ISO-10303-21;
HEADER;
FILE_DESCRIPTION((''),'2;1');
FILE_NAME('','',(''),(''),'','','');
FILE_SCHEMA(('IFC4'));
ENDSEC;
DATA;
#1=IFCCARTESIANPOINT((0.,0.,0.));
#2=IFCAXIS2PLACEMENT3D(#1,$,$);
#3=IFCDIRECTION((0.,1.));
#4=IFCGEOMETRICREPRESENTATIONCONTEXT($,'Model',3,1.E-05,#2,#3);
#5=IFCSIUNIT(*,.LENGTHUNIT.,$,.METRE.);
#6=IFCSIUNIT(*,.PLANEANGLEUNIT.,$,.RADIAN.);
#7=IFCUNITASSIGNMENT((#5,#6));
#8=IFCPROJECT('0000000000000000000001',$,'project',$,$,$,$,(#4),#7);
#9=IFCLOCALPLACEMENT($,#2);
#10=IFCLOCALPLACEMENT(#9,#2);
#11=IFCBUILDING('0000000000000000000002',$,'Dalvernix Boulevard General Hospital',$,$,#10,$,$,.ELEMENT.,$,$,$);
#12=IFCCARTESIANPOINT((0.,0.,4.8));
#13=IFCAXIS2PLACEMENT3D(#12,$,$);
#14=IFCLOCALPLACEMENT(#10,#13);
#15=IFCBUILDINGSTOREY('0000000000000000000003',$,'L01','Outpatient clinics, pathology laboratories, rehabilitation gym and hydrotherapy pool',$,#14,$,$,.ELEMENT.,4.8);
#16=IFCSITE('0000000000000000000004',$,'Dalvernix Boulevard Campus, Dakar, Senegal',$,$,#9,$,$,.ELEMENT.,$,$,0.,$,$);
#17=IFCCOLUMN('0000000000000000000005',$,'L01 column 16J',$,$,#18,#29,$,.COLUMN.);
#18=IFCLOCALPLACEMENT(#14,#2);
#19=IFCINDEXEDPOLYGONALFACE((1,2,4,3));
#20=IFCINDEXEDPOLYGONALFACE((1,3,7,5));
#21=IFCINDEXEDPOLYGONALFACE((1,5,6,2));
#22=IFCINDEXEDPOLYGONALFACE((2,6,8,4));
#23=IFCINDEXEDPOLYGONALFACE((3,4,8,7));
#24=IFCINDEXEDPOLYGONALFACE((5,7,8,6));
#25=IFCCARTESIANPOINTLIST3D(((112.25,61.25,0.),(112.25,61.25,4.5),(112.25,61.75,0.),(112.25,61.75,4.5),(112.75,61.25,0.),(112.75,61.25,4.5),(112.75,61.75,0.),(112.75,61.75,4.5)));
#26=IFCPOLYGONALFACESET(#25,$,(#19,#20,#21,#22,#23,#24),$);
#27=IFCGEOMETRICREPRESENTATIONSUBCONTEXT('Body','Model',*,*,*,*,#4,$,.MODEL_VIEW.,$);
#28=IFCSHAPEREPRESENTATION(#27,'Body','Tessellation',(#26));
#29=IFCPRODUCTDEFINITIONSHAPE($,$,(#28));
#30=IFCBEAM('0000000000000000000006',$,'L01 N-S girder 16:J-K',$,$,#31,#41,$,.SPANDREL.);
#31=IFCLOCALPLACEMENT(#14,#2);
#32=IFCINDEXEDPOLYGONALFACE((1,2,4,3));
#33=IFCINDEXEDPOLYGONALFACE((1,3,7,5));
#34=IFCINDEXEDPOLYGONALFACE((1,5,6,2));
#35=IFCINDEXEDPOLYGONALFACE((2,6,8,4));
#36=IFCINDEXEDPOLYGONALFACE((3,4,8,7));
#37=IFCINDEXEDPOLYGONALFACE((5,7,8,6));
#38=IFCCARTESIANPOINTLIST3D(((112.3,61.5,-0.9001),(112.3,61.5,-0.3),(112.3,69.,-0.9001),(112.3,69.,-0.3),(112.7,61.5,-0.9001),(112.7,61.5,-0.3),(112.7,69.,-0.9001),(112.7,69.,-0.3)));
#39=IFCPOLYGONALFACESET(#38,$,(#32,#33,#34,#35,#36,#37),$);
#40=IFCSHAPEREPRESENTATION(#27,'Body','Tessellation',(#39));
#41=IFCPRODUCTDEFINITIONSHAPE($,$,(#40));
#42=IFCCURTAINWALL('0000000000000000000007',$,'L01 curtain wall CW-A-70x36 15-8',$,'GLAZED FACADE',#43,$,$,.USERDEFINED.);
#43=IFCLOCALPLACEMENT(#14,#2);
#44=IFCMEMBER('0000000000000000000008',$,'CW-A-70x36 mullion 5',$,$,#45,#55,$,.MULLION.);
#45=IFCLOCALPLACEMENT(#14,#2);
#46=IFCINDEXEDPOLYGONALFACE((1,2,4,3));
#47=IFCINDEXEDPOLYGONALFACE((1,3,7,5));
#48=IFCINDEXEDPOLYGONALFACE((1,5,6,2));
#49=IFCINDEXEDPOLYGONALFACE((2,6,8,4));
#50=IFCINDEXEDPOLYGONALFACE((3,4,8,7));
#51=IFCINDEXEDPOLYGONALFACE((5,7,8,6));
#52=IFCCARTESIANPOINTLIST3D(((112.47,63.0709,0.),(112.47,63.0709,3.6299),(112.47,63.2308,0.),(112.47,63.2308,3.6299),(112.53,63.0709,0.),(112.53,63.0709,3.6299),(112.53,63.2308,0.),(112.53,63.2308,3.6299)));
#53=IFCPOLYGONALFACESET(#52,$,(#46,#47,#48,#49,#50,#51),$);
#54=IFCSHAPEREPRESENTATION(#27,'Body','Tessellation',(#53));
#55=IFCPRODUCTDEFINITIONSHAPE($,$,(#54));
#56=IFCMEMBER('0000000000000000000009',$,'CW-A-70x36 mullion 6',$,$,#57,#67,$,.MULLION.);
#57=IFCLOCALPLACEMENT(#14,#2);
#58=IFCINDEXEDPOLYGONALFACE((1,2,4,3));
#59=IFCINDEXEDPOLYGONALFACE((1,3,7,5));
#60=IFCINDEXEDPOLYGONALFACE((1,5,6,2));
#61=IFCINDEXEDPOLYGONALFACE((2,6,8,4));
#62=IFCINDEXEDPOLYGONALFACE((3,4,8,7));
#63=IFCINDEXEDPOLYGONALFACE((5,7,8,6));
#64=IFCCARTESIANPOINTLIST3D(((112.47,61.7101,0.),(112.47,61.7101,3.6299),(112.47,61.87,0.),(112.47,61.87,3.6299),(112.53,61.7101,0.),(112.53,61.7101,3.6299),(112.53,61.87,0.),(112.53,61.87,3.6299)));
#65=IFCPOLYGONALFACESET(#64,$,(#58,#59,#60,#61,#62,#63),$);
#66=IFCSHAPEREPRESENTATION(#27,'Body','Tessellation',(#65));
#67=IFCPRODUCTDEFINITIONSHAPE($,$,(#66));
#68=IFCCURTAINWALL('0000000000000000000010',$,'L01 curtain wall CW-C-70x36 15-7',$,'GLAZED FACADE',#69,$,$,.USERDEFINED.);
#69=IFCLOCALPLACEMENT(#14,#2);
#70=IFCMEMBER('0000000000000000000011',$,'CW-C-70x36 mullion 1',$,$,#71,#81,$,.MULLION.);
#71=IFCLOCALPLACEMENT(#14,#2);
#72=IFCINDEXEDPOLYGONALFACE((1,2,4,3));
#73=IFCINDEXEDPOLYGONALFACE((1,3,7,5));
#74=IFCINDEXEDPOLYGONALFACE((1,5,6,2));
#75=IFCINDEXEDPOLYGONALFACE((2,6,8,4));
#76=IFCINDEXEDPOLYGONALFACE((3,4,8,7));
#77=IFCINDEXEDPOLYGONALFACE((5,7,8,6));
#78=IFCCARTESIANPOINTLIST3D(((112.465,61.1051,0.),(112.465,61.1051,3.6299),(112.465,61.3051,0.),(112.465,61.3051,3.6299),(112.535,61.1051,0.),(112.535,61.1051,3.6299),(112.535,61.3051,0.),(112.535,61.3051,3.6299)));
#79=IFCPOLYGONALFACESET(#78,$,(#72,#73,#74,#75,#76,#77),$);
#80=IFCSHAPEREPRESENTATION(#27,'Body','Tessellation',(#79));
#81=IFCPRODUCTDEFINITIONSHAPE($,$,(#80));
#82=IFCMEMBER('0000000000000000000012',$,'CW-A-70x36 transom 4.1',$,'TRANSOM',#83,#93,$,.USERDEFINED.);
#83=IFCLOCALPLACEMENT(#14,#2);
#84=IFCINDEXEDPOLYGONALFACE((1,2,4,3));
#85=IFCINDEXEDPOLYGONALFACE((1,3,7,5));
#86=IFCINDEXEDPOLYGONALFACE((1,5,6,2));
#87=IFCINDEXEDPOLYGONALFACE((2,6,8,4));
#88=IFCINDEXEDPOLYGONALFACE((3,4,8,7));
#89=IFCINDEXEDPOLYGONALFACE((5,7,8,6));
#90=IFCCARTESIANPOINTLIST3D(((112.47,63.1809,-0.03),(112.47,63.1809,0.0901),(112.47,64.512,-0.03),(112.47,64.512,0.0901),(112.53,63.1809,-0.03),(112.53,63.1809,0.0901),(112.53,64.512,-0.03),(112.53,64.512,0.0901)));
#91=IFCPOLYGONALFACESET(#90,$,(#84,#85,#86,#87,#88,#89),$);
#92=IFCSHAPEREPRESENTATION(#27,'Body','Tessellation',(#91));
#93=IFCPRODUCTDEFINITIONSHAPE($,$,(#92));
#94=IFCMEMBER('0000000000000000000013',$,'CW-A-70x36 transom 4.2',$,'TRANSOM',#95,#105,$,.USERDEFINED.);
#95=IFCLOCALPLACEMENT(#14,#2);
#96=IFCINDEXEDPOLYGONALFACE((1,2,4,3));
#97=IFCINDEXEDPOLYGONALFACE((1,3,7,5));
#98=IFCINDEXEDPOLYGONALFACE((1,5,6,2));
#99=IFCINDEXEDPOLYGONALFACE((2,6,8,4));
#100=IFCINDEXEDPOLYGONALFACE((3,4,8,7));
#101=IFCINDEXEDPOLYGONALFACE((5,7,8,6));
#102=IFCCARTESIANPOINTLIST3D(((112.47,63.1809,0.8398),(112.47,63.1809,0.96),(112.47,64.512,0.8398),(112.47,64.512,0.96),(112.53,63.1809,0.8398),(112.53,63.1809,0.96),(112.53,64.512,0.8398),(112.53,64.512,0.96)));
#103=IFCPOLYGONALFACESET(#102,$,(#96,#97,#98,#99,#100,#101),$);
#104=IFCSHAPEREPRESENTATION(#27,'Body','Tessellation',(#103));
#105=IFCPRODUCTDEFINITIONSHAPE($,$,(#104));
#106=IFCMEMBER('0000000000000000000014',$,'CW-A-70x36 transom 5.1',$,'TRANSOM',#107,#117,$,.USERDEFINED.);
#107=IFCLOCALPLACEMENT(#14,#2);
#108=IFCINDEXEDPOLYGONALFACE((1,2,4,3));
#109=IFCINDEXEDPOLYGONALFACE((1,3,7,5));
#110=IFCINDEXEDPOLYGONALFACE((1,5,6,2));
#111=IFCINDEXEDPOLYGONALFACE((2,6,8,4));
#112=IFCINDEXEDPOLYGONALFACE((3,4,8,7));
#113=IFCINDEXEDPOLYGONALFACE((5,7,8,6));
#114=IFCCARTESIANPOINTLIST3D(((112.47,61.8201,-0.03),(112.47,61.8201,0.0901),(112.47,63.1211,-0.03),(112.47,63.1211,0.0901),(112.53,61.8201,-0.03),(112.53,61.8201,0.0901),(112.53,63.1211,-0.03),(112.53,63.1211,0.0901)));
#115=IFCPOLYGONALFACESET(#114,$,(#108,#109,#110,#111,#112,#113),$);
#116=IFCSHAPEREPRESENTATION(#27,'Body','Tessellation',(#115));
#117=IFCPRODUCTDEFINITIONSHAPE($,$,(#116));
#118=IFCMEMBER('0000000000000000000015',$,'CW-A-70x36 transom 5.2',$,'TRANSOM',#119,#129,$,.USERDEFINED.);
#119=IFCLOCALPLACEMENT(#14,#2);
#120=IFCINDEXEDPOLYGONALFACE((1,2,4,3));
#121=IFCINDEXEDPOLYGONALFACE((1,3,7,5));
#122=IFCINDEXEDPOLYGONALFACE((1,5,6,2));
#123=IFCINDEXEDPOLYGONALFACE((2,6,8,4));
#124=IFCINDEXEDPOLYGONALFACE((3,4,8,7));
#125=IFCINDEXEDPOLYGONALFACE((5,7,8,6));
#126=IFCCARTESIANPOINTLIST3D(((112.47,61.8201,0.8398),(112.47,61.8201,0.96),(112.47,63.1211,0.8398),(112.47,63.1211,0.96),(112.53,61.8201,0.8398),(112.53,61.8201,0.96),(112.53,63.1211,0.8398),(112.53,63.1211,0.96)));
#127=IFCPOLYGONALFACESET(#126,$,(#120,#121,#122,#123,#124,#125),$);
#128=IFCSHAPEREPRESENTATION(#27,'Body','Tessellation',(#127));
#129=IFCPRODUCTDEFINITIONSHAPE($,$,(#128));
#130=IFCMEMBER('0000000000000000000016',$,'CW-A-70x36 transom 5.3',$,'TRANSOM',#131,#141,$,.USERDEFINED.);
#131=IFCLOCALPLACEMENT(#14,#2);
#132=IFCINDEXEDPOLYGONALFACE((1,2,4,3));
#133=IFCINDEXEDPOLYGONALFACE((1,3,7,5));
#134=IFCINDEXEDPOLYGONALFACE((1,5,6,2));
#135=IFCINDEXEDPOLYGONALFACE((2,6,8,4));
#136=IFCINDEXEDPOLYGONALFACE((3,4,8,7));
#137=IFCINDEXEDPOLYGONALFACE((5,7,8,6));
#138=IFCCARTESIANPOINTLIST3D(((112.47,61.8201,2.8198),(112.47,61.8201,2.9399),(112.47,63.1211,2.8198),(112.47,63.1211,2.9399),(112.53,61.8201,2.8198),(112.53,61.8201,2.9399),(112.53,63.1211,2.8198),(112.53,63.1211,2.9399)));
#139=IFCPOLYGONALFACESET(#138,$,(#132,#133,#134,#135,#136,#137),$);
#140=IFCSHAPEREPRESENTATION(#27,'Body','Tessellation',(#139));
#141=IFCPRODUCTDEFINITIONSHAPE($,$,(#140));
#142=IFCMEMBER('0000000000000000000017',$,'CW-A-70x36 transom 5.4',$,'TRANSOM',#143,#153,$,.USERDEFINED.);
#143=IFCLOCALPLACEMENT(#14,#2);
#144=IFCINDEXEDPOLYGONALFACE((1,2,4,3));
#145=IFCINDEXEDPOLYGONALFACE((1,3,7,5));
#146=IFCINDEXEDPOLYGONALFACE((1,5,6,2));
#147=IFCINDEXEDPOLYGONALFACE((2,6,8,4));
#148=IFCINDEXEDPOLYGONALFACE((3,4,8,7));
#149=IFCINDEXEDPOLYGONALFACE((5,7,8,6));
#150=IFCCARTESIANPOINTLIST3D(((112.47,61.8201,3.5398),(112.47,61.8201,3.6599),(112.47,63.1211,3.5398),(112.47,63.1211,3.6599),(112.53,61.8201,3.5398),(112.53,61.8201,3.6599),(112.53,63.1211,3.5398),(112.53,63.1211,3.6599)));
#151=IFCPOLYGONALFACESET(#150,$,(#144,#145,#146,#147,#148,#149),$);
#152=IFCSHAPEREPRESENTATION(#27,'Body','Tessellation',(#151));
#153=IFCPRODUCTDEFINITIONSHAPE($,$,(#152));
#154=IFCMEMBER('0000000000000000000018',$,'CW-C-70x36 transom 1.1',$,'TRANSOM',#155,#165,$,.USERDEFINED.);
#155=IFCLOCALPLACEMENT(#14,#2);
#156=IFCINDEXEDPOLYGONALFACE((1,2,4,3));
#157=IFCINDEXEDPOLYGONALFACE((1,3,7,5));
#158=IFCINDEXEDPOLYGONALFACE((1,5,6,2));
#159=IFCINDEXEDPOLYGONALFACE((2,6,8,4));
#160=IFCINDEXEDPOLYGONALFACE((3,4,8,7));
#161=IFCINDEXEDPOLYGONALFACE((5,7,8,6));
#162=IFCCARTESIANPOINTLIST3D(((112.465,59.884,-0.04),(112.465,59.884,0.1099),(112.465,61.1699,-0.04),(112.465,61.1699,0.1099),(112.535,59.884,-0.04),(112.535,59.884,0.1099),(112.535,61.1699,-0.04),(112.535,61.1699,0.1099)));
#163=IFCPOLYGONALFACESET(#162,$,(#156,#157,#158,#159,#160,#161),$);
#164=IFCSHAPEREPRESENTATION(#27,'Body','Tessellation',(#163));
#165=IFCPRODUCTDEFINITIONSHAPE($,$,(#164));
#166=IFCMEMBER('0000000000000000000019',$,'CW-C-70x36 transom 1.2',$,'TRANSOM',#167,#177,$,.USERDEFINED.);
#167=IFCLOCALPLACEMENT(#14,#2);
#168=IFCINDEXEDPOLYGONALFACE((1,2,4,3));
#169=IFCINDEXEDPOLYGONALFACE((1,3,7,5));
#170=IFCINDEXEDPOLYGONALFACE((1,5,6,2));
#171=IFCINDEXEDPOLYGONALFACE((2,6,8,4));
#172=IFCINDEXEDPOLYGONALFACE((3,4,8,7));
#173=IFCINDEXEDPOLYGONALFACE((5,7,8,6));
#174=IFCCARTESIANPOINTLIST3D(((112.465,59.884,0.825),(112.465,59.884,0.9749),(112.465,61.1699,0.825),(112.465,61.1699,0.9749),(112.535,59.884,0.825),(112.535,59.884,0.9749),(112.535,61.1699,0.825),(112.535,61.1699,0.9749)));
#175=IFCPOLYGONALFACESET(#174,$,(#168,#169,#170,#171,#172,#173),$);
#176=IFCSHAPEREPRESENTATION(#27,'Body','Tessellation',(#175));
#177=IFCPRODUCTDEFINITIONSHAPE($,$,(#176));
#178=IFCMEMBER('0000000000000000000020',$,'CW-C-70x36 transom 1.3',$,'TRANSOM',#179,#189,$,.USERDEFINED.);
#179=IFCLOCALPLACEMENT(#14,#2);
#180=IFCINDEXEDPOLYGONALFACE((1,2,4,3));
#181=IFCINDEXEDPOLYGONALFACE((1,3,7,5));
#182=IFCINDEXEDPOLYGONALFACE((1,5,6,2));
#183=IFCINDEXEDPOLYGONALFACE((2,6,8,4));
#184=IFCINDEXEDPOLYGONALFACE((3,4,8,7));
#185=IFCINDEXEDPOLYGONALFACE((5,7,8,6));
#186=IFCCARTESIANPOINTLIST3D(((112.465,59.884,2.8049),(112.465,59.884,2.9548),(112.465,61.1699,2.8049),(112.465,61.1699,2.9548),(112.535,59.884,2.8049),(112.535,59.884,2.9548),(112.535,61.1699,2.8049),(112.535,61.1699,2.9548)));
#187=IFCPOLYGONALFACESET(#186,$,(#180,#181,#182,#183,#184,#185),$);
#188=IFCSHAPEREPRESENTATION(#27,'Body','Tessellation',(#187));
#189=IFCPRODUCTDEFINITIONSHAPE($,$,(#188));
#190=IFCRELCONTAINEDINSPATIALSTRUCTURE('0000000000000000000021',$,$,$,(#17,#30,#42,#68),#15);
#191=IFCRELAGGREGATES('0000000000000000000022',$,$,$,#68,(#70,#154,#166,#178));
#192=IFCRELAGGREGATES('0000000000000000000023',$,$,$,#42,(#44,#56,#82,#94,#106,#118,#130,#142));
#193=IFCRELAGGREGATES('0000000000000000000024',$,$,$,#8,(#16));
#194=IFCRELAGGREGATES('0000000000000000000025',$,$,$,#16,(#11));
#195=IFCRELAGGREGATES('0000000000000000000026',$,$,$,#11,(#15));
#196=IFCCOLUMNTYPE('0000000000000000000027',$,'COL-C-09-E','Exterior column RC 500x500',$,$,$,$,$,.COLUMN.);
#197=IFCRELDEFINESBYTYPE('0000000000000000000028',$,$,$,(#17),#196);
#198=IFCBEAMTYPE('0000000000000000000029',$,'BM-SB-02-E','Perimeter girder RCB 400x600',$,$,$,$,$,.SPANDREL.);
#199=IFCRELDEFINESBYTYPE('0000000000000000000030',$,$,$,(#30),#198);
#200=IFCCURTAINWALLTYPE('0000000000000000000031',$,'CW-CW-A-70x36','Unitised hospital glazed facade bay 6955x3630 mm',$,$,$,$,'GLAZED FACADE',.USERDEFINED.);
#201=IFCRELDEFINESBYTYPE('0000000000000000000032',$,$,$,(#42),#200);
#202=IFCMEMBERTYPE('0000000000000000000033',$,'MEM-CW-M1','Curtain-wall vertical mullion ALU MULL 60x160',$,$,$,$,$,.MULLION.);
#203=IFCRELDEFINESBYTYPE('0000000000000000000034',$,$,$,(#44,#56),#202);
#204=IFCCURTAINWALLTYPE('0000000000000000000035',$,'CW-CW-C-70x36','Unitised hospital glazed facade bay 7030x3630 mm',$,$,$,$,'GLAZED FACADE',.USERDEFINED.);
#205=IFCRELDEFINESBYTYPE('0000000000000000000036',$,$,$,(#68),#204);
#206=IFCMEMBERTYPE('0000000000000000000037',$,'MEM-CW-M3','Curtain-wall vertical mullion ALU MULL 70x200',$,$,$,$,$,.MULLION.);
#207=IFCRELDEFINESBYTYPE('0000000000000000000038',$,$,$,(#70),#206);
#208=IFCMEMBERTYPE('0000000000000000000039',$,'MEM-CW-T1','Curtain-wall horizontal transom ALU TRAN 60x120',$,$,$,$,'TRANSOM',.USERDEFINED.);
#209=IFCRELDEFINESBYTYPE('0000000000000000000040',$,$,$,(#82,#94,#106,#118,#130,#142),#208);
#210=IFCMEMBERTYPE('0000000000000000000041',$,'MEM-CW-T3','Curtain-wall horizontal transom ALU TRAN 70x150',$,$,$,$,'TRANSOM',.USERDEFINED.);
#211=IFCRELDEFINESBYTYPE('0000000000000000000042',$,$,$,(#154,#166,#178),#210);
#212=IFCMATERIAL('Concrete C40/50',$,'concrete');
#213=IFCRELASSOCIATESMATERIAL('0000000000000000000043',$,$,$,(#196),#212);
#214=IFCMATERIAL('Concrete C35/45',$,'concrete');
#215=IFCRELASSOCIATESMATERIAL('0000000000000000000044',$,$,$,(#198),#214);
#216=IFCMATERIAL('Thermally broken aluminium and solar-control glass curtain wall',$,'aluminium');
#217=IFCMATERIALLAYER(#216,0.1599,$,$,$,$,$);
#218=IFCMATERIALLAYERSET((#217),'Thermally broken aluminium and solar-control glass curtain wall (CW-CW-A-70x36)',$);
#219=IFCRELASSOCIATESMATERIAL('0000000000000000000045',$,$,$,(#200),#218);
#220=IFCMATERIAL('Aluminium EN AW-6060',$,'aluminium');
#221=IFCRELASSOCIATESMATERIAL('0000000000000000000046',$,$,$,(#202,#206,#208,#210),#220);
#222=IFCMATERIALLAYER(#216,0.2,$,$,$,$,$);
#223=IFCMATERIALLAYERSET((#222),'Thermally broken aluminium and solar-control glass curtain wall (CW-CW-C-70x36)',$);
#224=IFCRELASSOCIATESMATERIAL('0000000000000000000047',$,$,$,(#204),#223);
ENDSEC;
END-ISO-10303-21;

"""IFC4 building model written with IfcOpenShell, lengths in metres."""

from ifc_helpers import new_model, si_unit, direction, frame, origin, origin_2d, place, context, subcontext, project, spatial, rectangle, extrude, material, layer, layer_set, material_profile, profile_set, type_object, element, aggregate, save


model = new_model("IFC4")

# Units and contexts
model_context = context("Model", 3, precision=1e-05, world=origin(), true_north=direction((0.0, 1.0)))
body_context = subcontext(model_context, "Body", "Model", "MODEL_VIEW")
ifc_project = project(units=[si_unit("LENGTHUNIT", "METRE"), si_unit("PLANEANGLEUNIT", "RADIAN")], contexts=[model_context])

# Site, building, storey
site_placement = place(None, origin())
site = spatial("IfcSite", under=ifc_project, at=site_placement, Name="Dalvernix Boulevard Campus, Dakar, Senegal", CompositionType="ELEMENT", RefElevation=0.0)
building_placement = place(site_placement, origin())
building = spatial("IfcBuilding", under=site, at=building_placement, Name="Dalvernix Boulevard General Hospital", CompositionType="ELEMENT")
storey_placement = place(building_placement, frame((0.0, 0.0, 4.8)))
storey = spatial("IfcBuildingStorey", under=building, at=storey_placement, Name="L01", Description="Outpatient clinics, pathology laboratories, rehabilitation gym and hydrotherapy pool", CompositionType="ELEMENT", Elevation=4.8)

# Column
ifc_material_1 = material(Name="Concrete C40/50", Category="concrete")
ifc_material_profile_1 = material_profile(ifc_material_1, rectangle(XDim=0.5, YDim=0.5, at=origin_2d()), Name="RC 500x500")
ifc_profile_set_1 = profile_set([ifc_material_profile_1], Name="Concrete C40/50")
column_type = type_object("IfcColumnType", Name="COL-C-09-E", Description="Exterior column RC 500x500", PredefinedType="COLUMN", material=ifc_profile_set_1)
column_placement = place(storey_placement, frame((112.5, 61.5, 0.0), z_axis=(0.0, 0.0, 1.0), x_axis=(1.0, 0.0, 0.0)))
element("IfcColumn", 1, at=column_placement, inside=storey, type_object=column_type, Name="L01 column 16J", PredefinedType="COLUMN", context=body_context, shape_type="SweptSolid", body=[
    extrude(rectangle(XDim=0.5, YDim=0.5, at=origin_2d()), origin(), (0.0, 0.0, 1.0), 4.5),
])

# Beam
ifc_material_2 = material(Name="Concrete C35/45", Category="concrete")
ifc_material_profile_2 = material_profile(ifc_material_2, rectangle(XDim=0.3999, YDim=0.6001, at=origin_2d()), Name="RCB 400x600")
ifc_profile_set_2 = profile_set([ifc_material_profile_2], Name="Concrete C35/45")
beam_type = type_object("IfcBeamType", Name="BM-SB-02-E", Description="Perimeter girder RCB 400x600", PredefinedType="SPANDREL", material=ifc_profile_set_2)
beam_placement = place(storey_placement, frame((112.5, 61.5, -0.6001), z_axis=(0.0, 1.0, 0.0), x_axis=(-1.0, 0.0, 0.0)))
element("IfcBeam", 2, at=beam_placement, inside=storey, type_object=beam_type, Name="L01 N-S girder 16:J-K", PredefinedType="SPANDREL", context=body_context, shape_type="SweptSolid", body=[
    extrude(rectangle(XDim=0.3999, YDim=0.6001, at=origin_2d()), origin(), (0.0, 0.0, 1.0), 7.5),
])

# Curtain wall, members
ifc_material_3 = material(Name="Thermally broken aluminium and solar-control glass curtain wall", Category="aluminium")
ifc_layer_1 = layer(ifc_material_3, 0.1599)
ifc_layer_set_1 = layer_set([ifc_layer_1], Name="Thermally broken aluminium and solar-control glass curtain wall (CW-CW-A-70x36)")
curtain_wall_type_1 = type_object("IfcCurtainWallType", Name="CW-CW-A-70x36", Description="Unitised hospital glazed facade bay 6955x3630 mm", ElementType="GLAZED FACADE", PredefinedType="USERDEFINED", material=ifc_layer_set_1)
curtain_wall_1_placement = place(storey_placement, origin())
curtain_wall_1 = element("IfcCurtainWall", 3, at=curtain_wall_1_placement, inside=storey, type_object=curtain_wall_type_1, Name="L01 curtain wall CW-A-70x36 15-8", ObjectType="GLAZED FACADE", PredefinedType="USERDEFINED")
ifc_material_4 = material(Name="Aluminium EN AW-6060", Category="aluminium")
ifc_material_profile_3 = material_profile(ifc_material_4, rectangle(XDim=0.0601, YDim=0.1599, at=origin_2d()), Name="ALU MULL 60x160")
ifc_profile_set_3 = profile_set([ifc_material_profile_3], Name="Aluminium EN AW-6060")
member_type_1 = type_object("IfcMemberType", Name="MEM-CW-M1", Description="Curtain-wall vertical mullion ALU MULL 60x160", PredefinedType="MULLION", material=ifc_profile_set_3)
member_1_placement = place(storey_placement, frame((112.5, 63.1509, 0.0), z_axis=(0.0, 0.0, 1.0), x_axis=(1.0, 0.0, 0.0)))
member_1 = element("IfcMember", 4, at=member_1_placement, type_object=member_type_1, Name="CW-A-70x36 mullion 5", PredefinedType="MULLION", context=body_context, shape_type="SweptSolid", body=[
    extrude(rectangle(XDim=0.0601, YDim=0.1599, at=origin_2d()), origin(), (0.0, 0.0, 1.0), 3.6299),
])
member_2_placement = place(storey_placement, frame((112.5, 61.79, 0.0), z_axis=(0.0, 0.0, 1.0), x_axis=(1.0, 0.0, 0.0)))
member_2 = element("IfcMember", 5, at=member_2_placement, type_object=member_type_1, Name="CW-A-70x36 mullion 6", PredefinedType="MULLION", context=body_context, shape_type="SweptSolid", body=[
    extrude(rectangle(XDim=0.0601, YDim=0.1599, at=origin_2d()), origin(), (0.0, 0.0, 1.0), 3.6299),
])

# Curtain wall, member
ifc_layer_2 = layer(ifc_material_3, 0.2)
ifc_layer_set_2 = layer_set([ifc_layer_2], Name="Thermally broken aluminium and solar-control glass curtain wall (CW-CW-C-70x36)")
curtain_wall_type_2 = type_object("IfcCurtainWallType", Name="CW-CW-C-70x36", Description="Unitised hospital glazed facade bay 7030x3630 mm", ElementType="GLAZED FACADE", PredefinedType="USERDEFINED", material=ifc_layer_set_2)
curtain_wall_2_placement = place(storey_placement, origin())
curtain_wall_2 = element("IfcCurtainWall", 6, at=curtain_wall_2_placement, inside=storey, type_object=curtain_wall_type_2, Name="L01 curtain wall CW-C-70x36 15-7", ObjectType="GLAZED FACADE", PredefinedType="USERDEFINED")
ifc_material_profile_4 = material_profile(ifc_material_4, rectangle(XDim=0.0701, YDim=0.2, at=origin_2d()), Name="ALU MULL 70x200")
ifc_profile_set_4 = profile_set([ifc_material_profile_4], Name="Aluminium EN AW-6060")
member_type_2 = type_object("IfcMemberType", Name="MEM-CW-M3", Description="Curtain-wall vertical mullion ALU MULL 70x200", PredefinedType="MULLION", material=ifc_profile_set_4)
member_3_placement = place(storey_placement, frame((112.5, 61.2051, 0.0), z_axis=(0.0, 0.0, 1.0), x_axis=(1.0, 0.0, 0.0)))
member_3 = element("IfcMember", 7, at=member_3_placement, type_object=member_type_2, Name="CW-C-70x36 mullion 1", PredefinedType="MULLION", context=body_context, shape_type="SweptSolid", body=[
    extrude(rectangle(XDim=0.0701, YDim=0.2, at=origin_2d()), origin(), (0.0, 0.0, 1.0), 3.6299),
])

# Members
ifc_material_profile_5 = material_profile(ifc_material_4, rectangle(XDim=0.0601, YDim=0.1201, at=origin_2d()), Name="ALU TRAN 60x120")
ifc_profile_set_5 = profile_set([ifc_material_profile_5], Name="Aluminium EN AW-6060")
member_type_3 = type_object("IfcMemberType", Name="MEM-CW-T1", Description="Curtain-wall horizontal transom ALU TRAN 60x120", ElementType="TRANSOM", PredefinedType="USERDEFINED", material=ifc_profile_set_5)
member_4_placement = place(storey_placement, frame((112.5, 64.512, 0.03), z_axis=(0.0, -1.0, 0.0), x_axis=(1.0, 0.0, 0.0)))
member_4 = element("IfcMember", 8, at=member_4_placement, type_object=member_type_3, Name="CW-A-70x36 transom 4.1", ObjectType="TRANSOM", PredefinedType="USERDEFINED", context=body_context, shape_type="SweptSolid", body=[
    extrude(rectangle(XDim=0.0601, YDim=0.1201, at=origin_2d()), origin(), (0.0, 0.0, 1.0), 1.3311),
])
member_5_placement = place(storey_placement, frame((112.5, 64.512, 0.8999), z_axis=(0.0, -1.0, 0.0), x_axis=(1.0, 0.0, 0.0)))
member_5 = element("IfcMember", 9, at=member_5_placement, type_object=member_type_3, Name="CW-A-70x36 transom 4.2", ObjectType="TRANSOM", PredefinedType="USERDEFINED", context=body_context, shape_type="SweptSolid", body=[
    extrude(rectangle(XDim=0.0601, YDim=0.1201, at=origin_2d()), origin(), (0.0, 0.0, 1.0), 1.3311),
])
member_6_placement = place(storey_placement, frame((112.5, 63.1211, 0.03), z_axis=(0.0, -1.0, 0.0), x_axis=(1.0, 0.0, 0.0)))
member_6 = element("IfcMember", 10, at=member_6_placement, type_object=member_type_3, Name="CW-A-70x36 transom 5.1", ObjectType="TRANSOM", PredefinedType="USERDEFINED", context=body_context, shape_type="SweptSolid", body=[
    extrude(rectangle(XDim=0.0601, YDim=0.1201, at=origin_2d()), origin(), (0.0, 0.0, 1.0), 1.301),
])
member_7_placement = place(storey_placement, frame((112.5, 63.1211, 0.8999), z_axis=(0.0, -1.0, 0.0), x_axis=(1.0, 0.0, 0.0)))
member_7 = element("IfcMember", 11, at=member_7_placement, type_object=member_type_3, Name="CW-A-70x36 transom 5.2", ObjectType="TRANSOM", PredefinedType="USERDEFINED", context=body_context, shape_type="SweptSolid", body=[
    extrude(rectangle(XDim=0.0601, YDim=0.1201, at=origin_2d()), origin(), (0.0, 0.0, 1.0), 1.301),
])
member_8_placement = place(storey_placement, frame((112.5, 63.1211, 2.8799), z_axis=(0.0, -1.0, 0.0), x_axis=(1.0, 0.0, 0.0)))
member_8 = element("IfcMember", 12, at=member_8_placement, type_object=member_type_3, Name="CW-A-70x36 transom 5.3", ObjectType="TRANSOM", PredefinedType="USERDEFINED", context=body_context, shape_type="SweptSolid", body=[
    extrude(rectangle(XDim=0.0601, YDim=0.1201, at=origin_2d()), origin(), (0.0, 0.0, 1.0), 1.301),
])
member_9_placement = place(storey_placement, frame((112.5, 63.1211, 3.5999), z_axis=(0.0, -1.0, 0.0), x_axis=(1.0, 0.0, 0.0)))
member_9 = element("IfcMember", 13, at=member_9_placement, type_object=member_type_3, Name="CW-A-70x36 transom 5.4", ObjectType="TRANSOM", PredefinedType="USERDEFINED", context=body_context, shape_type="SweptSolid", body=[
    extrude(rectangle(XDim=0.0601, YDim=0.1201, at=origin_2d()), origin(), (0.0, 0.0, 1.0), 1.301),
])
ifc_material_profile_6 = material_profile(ifc_material_4, rectangle(XDim=0.0701, YDim=0.1499, at=origin_2d()), Name="ALU TRAN 70x150")
ifc_profile_set_6 = profile_set([ifc_material_profile_6], Name="Aluminium EN AW-6060")
member_type_4 = type_object("IfcMemberType", Name="MEM-CW-T3", Description="Curtain-wall horizontal transom ALU TRAN 70x150", ElementType="TRANSOM", PredefinedType="USERDEFINED", material=ifc_profile_set_6)
member_10_placement = place(storey_placement, frame((112.5, 61.1699, 0.0349), z_axis=(0.0, -1.0, 0.0), x_axis=(1.0, 0.0, 0.0)))
member_10 = element("IfcMember", 14, at=member_10_placement, type_object=member_type_4, Name="CW-C-70x36 transom 1.1", ObjectType="TRANSOM", PredefinedType="USERDEFINED", context=body_context, shape_type="SweptSolid", body=[
    extrude(rectangle(XDim=0.0701, YDim=0.1499, at=origin_2d()), origin(), (0.0, 0.0, 1.0), 1.2859),
])
member_11_placement = place(storey_placement, frame((112.5, 61.1699, 0.8999), z_axis=(0.0, -1.0, 0.0), x_axis=(1.0, 0.0, 0.0)))
member_11 = element("IfcMember", 15, at=member_11_placement, type_object=member_type_4, Name="CW-C-70x36 transom 1.2", ObjectType="TRANSOM", PredefinedType="USERDEFINED", context=body_context, shape_type="SweptSolid", body=[
    extrude(rectangle(XDim=0.0701, YDim=0.1499, at=origin_2d()), origin(), (0.0, 0.0, 1.0), 1.2859),
])
member_12_placement = place(storey_placement, frame((112.5, 61.1699, 2.8799), z_axis=(0.0, -1.0, 0.0), x_axis=(1.0, 0.0, 0.0)))
member_12 = element("IfcMember", 16, at=member_12_placement, type_object=member_type_4, Name="CW-C-70x36 transom 1.3", ObjectType="TRANSOM", PredefinedType="USERDEFINED", context=body_context, shape_type="SweptSolid", body=[
    extrude(rectangle(XDim=0.0701, YDim=0.1499, at=origin_2d()), origin(), (0.0, 0.0, 1.0), 1.2859),
])
aggregate(curtain_wall_2, [member_3, member_10, member_11, member_12])

aggregate(curtain_wall_1, [member_1, member_2, member_4, member_5, member_6, member_7, member_8, member_9])

save(model, "model.ifc")
